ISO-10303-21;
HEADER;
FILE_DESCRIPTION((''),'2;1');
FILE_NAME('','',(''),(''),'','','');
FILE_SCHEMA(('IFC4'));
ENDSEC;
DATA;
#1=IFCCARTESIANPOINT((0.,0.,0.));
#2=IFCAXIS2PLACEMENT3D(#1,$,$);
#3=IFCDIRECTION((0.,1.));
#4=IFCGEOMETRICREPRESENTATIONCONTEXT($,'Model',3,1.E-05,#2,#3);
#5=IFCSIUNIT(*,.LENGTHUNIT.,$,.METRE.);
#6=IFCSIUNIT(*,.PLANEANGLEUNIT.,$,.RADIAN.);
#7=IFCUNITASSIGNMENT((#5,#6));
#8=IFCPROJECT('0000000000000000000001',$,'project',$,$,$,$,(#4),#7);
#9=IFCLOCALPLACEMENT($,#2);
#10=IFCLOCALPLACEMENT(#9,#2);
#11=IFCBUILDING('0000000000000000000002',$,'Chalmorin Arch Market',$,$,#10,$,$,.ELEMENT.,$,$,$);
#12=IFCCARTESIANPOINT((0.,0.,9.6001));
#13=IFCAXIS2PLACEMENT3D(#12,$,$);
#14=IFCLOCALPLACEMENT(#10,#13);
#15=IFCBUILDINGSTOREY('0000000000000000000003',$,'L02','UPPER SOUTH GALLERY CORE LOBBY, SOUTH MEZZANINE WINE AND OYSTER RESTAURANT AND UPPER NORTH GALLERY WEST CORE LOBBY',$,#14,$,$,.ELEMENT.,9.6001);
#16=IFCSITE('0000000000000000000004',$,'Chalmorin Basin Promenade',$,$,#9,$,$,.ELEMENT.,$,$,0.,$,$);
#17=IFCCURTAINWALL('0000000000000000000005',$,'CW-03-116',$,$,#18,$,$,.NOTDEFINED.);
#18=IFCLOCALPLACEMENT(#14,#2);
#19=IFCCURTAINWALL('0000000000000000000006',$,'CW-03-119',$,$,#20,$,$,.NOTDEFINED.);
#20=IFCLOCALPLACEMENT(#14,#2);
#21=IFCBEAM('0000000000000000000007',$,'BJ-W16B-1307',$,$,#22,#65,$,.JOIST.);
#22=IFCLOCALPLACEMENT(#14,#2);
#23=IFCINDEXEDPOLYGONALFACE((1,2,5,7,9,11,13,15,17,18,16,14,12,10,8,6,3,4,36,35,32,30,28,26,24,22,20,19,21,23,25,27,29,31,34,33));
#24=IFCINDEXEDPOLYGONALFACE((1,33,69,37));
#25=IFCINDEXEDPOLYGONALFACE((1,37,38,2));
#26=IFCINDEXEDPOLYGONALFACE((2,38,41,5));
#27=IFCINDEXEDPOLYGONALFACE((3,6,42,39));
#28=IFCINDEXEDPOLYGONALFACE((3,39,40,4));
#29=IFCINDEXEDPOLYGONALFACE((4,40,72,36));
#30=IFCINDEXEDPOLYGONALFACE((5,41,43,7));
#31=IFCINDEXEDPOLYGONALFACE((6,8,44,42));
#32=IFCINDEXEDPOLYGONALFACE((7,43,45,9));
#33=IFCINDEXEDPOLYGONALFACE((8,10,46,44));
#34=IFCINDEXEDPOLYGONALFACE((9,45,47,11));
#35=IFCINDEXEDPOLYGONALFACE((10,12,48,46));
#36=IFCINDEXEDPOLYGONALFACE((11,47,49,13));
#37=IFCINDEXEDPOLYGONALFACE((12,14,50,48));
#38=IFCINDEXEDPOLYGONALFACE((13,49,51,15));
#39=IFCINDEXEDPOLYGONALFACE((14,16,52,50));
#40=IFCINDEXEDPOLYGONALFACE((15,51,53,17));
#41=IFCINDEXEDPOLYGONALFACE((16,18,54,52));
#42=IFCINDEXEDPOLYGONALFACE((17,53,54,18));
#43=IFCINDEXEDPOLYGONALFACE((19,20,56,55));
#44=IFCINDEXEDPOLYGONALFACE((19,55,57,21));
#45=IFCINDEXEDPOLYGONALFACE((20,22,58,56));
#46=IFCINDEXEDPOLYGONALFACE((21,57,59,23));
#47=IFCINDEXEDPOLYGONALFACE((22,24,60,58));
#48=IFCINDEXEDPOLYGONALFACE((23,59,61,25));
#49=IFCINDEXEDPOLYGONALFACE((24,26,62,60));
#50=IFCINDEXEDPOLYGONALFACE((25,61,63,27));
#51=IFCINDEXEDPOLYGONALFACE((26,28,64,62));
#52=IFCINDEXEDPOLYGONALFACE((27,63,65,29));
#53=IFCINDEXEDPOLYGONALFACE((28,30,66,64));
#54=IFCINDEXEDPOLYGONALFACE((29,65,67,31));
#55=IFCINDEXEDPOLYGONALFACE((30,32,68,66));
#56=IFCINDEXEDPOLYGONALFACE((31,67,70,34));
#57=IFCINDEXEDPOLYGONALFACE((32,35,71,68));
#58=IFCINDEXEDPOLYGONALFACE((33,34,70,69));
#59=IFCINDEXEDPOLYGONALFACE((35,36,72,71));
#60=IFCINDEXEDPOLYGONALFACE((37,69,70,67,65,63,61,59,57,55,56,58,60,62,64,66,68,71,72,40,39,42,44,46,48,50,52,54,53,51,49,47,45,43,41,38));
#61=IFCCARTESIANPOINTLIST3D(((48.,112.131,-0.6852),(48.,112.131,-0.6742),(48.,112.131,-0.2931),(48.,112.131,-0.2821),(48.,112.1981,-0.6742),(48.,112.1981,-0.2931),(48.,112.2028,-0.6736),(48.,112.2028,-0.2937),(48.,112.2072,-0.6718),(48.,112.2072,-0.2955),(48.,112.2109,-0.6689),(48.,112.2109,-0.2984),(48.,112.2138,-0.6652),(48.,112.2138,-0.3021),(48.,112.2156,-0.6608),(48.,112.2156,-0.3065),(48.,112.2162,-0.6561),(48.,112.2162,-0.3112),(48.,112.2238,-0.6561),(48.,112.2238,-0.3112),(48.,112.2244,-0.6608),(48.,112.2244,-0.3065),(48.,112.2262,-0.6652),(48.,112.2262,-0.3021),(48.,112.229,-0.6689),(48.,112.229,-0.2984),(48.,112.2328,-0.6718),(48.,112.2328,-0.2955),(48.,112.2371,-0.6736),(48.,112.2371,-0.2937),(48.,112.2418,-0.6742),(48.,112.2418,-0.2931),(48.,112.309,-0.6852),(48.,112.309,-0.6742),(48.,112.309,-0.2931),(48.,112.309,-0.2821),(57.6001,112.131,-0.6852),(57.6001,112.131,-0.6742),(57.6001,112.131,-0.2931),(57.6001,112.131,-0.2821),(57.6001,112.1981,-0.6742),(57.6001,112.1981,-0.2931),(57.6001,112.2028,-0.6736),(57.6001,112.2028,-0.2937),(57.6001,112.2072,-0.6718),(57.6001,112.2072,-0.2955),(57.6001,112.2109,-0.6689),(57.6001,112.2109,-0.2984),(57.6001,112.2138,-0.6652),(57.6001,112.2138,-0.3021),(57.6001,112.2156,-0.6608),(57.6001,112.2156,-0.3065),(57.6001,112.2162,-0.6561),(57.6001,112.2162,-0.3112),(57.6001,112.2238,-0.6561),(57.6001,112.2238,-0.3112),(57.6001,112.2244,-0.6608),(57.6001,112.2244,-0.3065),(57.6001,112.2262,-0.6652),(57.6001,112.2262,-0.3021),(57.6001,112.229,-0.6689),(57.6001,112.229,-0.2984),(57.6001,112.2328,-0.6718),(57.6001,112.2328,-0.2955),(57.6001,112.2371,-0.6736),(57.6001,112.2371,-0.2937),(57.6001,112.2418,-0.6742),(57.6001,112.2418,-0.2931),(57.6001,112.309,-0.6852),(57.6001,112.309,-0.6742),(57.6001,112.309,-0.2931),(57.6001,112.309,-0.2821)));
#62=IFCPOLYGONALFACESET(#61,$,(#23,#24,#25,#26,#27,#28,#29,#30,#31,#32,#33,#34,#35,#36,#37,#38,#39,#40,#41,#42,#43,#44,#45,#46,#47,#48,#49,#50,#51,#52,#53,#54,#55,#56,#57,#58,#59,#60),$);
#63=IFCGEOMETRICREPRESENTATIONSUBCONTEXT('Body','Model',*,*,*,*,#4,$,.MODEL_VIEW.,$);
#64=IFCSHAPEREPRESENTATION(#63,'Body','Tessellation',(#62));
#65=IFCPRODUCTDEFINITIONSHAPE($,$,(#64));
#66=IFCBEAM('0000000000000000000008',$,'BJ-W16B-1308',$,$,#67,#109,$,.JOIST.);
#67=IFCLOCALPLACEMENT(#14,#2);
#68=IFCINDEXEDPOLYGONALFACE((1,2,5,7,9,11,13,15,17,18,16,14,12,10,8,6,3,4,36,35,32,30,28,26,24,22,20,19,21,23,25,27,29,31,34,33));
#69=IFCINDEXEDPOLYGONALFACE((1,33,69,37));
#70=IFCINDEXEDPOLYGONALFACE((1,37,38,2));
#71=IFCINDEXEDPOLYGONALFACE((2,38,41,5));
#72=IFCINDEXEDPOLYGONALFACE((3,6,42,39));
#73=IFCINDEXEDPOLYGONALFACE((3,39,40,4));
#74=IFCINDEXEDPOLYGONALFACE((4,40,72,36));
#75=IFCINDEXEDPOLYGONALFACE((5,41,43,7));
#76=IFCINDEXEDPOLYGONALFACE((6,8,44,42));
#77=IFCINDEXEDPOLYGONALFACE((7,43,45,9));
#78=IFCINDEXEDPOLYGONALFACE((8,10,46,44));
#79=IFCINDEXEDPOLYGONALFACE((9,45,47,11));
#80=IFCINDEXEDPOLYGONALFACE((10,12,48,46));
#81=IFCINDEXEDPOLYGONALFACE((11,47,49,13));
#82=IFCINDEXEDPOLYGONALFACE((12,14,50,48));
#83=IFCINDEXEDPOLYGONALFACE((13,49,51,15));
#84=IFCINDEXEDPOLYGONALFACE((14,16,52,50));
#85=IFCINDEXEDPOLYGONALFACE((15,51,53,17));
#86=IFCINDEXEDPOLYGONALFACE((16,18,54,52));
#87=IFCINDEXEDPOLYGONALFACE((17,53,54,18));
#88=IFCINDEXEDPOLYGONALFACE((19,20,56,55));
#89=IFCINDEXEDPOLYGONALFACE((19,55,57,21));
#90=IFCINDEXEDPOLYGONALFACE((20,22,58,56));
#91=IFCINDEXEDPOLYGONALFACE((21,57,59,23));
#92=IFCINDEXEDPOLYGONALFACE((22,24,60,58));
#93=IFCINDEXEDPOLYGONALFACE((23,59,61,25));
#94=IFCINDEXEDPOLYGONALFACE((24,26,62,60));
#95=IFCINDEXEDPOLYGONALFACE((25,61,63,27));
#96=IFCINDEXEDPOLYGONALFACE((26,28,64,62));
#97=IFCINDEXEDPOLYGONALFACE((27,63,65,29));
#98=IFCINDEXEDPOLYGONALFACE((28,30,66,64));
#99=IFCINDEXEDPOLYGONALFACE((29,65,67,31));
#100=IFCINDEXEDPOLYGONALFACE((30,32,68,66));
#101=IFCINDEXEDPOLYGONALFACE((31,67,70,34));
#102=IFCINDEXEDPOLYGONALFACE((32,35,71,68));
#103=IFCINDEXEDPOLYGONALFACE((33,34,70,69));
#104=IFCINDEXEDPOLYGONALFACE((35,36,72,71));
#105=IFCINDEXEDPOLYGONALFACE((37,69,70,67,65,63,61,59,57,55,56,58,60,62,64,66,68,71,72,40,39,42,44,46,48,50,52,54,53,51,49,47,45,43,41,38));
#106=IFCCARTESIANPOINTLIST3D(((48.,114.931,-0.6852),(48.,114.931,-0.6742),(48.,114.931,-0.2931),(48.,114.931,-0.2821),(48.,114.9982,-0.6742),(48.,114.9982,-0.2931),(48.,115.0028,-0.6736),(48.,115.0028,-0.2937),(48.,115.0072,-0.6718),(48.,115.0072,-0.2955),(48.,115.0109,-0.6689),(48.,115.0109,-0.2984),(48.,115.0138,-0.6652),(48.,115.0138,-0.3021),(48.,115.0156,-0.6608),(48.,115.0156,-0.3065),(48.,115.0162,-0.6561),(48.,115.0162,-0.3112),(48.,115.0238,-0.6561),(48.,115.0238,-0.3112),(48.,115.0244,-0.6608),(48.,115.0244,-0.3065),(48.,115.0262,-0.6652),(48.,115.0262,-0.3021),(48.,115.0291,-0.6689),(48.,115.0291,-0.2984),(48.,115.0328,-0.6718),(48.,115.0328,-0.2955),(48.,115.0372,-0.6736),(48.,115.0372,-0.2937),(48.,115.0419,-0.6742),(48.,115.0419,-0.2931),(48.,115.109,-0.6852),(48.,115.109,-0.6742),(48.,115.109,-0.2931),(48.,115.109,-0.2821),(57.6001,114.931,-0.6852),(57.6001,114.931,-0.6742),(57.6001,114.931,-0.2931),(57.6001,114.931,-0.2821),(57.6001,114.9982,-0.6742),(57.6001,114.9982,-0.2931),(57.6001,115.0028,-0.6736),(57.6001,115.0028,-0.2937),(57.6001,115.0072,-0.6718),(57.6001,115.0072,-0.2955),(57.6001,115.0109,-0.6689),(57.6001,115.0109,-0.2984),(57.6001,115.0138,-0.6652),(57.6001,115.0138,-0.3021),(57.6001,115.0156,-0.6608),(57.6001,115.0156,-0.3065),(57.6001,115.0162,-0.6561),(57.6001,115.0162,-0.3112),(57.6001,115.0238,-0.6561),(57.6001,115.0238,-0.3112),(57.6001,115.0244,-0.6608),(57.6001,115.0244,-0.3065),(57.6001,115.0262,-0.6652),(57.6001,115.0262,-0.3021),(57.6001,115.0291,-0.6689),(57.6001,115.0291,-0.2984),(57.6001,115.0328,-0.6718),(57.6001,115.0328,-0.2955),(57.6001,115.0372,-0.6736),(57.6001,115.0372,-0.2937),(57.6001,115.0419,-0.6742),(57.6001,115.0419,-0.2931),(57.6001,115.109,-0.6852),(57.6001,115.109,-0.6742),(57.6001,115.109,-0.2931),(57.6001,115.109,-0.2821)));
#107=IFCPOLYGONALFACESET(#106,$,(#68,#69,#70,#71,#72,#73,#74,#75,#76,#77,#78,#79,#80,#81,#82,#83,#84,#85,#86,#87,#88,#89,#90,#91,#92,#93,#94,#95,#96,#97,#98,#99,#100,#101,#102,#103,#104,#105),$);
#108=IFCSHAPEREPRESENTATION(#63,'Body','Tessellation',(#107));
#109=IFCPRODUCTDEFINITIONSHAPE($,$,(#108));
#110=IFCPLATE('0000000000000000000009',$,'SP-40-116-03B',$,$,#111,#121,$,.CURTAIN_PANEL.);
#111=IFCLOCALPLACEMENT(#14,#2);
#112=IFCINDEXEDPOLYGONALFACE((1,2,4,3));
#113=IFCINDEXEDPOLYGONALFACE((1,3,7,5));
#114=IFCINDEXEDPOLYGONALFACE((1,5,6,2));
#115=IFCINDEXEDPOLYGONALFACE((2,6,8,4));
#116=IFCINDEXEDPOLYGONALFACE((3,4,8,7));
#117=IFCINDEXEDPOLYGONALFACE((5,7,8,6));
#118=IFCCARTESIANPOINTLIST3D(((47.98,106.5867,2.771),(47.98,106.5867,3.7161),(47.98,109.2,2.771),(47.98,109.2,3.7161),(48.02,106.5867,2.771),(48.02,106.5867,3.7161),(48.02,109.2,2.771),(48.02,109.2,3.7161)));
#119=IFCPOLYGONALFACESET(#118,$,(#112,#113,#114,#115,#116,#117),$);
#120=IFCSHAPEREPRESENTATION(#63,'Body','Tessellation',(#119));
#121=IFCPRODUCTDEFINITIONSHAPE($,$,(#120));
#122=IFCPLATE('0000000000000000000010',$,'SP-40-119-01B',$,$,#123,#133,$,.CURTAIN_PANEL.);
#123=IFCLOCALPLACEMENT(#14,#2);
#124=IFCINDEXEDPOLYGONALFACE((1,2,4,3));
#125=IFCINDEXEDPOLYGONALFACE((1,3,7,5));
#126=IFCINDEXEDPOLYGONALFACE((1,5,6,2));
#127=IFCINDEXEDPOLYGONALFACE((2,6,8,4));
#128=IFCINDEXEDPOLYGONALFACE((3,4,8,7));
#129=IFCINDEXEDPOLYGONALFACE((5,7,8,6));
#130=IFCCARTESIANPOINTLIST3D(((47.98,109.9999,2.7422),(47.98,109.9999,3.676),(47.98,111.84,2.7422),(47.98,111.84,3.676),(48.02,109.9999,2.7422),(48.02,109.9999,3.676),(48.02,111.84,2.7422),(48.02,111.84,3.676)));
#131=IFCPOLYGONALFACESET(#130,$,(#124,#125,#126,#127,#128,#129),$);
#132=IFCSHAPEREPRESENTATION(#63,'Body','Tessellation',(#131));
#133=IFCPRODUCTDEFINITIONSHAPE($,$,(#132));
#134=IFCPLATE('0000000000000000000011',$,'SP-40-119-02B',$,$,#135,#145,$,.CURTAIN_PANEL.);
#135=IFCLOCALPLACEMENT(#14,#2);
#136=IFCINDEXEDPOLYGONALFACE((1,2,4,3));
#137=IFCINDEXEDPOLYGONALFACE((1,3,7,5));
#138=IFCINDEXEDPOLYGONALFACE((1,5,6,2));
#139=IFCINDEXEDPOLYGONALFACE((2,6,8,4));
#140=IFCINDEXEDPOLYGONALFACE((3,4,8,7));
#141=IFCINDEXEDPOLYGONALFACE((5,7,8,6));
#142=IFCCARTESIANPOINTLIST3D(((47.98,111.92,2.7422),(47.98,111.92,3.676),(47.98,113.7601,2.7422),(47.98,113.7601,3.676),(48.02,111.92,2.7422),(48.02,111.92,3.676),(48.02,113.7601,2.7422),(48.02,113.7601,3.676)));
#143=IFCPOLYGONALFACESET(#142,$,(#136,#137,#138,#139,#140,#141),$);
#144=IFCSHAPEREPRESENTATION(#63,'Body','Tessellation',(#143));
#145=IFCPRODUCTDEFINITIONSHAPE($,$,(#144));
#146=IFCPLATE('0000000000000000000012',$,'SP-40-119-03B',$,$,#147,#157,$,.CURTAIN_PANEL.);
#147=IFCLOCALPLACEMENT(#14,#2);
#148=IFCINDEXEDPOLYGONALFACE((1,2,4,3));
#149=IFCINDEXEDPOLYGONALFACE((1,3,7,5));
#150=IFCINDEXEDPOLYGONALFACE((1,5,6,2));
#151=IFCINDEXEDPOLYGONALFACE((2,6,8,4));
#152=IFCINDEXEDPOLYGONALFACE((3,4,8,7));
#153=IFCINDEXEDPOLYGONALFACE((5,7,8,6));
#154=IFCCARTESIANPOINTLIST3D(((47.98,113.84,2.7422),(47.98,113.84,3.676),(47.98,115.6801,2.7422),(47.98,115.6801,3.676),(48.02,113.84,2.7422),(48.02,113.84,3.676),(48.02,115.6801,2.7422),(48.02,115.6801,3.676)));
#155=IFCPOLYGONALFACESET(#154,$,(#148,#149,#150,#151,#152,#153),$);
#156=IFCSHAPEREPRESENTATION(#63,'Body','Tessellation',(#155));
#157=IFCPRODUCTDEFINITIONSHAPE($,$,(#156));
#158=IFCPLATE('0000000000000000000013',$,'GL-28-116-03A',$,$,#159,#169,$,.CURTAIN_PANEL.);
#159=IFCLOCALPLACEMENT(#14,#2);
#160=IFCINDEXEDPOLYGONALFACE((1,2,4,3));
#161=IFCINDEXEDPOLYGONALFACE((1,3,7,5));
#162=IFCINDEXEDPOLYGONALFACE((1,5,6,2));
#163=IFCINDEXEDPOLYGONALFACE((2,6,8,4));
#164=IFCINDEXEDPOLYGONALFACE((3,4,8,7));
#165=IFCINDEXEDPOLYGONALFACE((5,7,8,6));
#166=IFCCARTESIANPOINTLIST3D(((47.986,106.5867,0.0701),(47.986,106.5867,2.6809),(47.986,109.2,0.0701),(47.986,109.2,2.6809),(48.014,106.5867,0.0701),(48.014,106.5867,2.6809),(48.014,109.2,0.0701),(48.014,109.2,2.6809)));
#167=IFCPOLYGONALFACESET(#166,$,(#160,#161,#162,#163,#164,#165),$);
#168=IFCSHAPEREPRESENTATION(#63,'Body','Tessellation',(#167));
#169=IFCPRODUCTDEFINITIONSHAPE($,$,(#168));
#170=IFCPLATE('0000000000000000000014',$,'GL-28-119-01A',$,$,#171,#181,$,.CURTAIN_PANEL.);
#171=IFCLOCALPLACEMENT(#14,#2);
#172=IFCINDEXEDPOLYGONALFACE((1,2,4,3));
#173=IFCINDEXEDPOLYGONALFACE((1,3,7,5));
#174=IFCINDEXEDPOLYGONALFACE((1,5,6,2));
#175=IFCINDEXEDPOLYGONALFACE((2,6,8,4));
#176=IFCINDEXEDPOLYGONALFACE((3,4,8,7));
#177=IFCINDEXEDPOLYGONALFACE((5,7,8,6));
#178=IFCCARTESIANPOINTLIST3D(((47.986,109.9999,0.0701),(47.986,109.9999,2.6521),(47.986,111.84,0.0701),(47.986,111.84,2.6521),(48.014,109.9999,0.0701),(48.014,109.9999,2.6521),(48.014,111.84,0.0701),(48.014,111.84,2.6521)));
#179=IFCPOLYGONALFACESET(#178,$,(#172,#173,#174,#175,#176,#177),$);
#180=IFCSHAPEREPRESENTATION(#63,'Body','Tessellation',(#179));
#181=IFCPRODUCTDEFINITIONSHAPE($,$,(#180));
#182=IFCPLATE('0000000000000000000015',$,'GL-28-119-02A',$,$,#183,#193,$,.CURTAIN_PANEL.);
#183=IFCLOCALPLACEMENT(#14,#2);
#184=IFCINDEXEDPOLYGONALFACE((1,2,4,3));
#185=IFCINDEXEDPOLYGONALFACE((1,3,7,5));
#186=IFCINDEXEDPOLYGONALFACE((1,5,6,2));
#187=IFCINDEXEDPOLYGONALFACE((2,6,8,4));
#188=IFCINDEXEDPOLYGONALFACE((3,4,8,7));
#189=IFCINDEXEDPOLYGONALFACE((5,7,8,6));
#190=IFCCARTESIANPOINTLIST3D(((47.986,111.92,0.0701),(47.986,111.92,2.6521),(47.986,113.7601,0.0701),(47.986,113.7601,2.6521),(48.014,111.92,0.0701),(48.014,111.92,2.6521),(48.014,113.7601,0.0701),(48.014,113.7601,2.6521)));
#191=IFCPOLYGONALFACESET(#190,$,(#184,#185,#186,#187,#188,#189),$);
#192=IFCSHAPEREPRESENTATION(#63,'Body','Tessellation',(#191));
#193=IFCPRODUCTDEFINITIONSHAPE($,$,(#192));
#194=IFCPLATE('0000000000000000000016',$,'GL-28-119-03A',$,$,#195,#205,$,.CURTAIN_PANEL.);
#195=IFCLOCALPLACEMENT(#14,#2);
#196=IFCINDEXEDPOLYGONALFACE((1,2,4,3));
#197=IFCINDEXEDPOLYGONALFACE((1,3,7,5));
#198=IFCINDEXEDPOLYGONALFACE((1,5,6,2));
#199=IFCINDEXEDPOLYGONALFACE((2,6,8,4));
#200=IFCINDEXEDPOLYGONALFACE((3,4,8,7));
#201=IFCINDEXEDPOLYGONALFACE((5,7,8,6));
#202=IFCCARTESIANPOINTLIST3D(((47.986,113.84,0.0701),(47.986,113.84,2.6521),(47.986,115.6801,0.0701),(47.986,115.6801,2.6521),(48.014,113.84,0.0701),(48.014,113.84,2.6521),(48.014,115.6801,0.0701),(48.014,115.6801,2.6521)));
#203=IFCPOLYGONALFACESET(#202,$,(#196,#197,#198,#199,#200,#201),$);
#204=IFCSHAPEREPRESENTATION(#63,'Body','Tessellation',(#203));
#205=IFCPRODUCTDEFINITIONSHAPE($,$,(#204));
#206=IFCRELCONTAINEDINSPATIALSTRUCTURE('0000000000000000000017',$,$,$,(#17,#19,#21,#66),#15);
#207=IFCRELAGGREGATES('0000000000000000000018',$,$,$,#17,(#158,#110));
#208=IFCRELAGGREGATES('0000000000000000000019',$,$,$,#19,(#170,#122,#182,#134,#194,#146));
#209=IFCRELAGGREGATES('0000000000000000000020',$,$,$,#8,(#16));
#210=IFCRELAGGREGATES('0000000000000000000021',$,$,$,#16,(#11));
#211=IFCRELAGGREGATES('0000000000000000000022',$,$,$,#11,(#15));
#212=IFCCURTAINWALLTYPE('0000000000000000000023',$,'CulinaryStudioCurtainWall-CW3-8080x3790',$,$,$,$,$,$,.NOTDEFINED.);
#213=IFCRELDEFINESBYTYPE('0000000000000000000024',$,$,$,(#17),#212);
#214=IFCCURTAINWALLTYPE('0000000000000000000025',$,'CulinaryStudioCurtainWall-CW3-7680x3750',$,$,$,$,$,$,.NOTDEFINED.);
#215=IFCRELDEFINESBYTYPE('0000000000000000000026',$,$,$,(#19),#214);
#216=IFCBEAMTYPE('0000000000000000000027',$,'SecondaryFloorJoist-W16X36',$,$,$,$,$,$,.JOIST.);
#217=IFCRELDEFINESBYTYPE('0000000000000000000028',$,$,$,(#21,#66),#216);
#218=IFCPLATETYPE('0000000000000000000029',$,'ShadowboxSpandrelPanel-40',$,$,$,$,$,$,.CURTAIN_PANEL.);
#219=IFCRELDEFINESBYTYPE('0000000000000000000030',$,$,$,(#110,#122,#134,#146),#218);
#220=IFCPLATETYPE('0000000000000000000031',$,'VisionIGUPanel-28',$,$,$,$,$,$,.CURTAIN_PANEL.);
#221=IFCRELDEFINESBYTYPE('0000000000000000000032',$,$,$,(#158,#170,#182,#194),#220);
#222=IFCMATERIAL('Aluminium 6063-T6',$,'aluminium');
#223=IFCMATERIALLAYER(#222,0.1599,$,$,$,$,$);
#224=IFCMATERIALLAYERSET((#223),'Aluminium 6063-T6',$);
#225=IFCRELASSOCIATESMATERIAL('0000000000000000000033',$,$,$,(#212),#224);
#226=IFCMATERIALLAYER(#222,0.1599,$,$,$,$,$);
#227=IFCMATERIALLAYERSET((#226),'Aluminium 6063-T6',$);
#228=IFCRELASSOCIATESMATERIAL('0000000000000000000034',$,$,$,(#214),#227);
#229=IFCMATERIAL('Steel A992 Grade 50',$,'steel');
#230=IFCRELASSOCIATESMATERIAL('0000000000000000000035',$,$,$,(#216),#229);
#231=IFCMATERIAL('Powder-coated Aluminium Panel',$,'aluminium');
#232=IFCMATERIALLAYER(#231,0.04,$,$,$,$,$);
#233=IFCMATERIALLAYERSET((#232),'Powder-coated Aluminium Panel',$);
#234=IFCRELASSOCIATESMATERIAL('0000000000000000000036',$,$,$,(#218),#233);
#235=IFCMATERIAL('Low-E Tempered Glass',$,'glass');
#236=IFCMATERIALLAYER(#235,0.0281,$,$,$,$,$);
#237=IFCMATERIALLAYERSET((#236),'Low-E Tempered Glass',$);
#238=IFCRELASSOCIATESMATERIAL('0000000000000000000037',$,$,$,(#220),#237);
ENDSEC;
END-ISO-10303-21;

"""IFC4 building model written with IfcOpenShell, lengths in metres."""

from ifc_helpers import new_model, si_unit, direction, frame, origin, origin_2d, place, context, subcontext, project, spatial, rectangle, i_section, extrude, material, layer, layer_set, material_profile, profile_set, type_object, element, aggregate, save


model = new_model("IFC4")

# Units and contexts
model_context = context("Model", 3, precision=1e-05, world=origin(), true_north=direction((0.0, 1.0)))
body_context = subcontext(model_context, "Body", "Model", "MODEL_VIEW")
ifc_project = project(units=[si_unit("LENGTHUNIT", "METRE"), si_unit("PLANEANGLEUNIT", "RADIAN")], contexts=[model_context])

# Site, building, storey
site_placement = place(None, origin())
site = spatial("IfcSite", under=ifc_project, at=site_placement, Name="Chalmorin Basin Promenade", CompositionType="ELEMENT", RefElevation=0.0)
building_placement = place(site_placement, origin())
building = spatial("IfcBuilding", under=site, at=building_placement, Name="Chalmorin Arch Market", CompositionType="ELEMENT")
storey_placement = place(building_placement, frame((0.0, 0.0, 9.6001)))
storey = spatial("IfcBuildingStorey", under=building, at=storey_placement, Name="L02", Description="UPPER SOUTH GALLERY CORE LOBBY, SOUTH MEZZANINE WINE AND OYSTER RESTAURANT AND UPPER NORTH GALLERY WEST CORE LOBBY", CompositionType="ELEMENT", Elevation=9.6001)

# Curtain walls
ifc_material_1 = material(Name="Aluminium 6063-T6", Category="aluminium")
ifc_layer_1 = layer(ifc_material_1, 0.1599)
ifc_layer_set_1 = layer_set([ifc_layer_1], Name="Aluminium 6063-T6")
curtain_wall_type_1 = type_object("IfcCurtainWallType", Name="CulinaryStudioCurtainWall-CW3-8080x3790", PredefinedType="NOTDEFINED", material=ifc_layer_set_1)
curtain_wall_1_placement = place(storey_placement, origin())
curtain_wall_1 = element("IfcCurtainWall", 1, at=curtain_wall_1_placement, inside=storey, type_object=curtain_wall_type_1, Name="CW-03-116", PredefinedType="NOTDEFINED")
ifc_layer_2 = layer(ifc_material_1, 0.1599)
ifc_layer_set_2 = layer_set([ifc_layer_2], Name="Aluminium 6063-T6")
curtain_wall_type_2 = type_object("IfcCurtainWallType", Name="CulinaryStudioCurtainWall-CW3-7680x3750", PredefinedType="NOTDEFINED", material=ifc_layer_set_2)
curtain_wall_2_placement = place(storey_placement, origin())
curtain_wall_2 = element("IfcCurtainWall", 2, at=curtain_wall_2_placement, inside=storey, type_object=curtain_wall_type_2, Name="CW-03-119", PredefinedType="NOTDEFINED")

# Beams
ifc_material_2 = material(Name="Steel A992 Grade 50", Category="steel")
ifc_material_profile_1 = material_profile(ifc_material_2, i_section(OverallWidth=0.178, OverallDepth=0.4031, WebThickness=0.0076, FlangeThickness=0.011, FilletRadius=0.0181, at=origin_2d()), Name="W16X36")
ifc_profile_set_1 = profile_set([ifc_material_profile_1], Name="Steel A992 Grade 50")
beam_type_1 = type_object("IfcBeamType", Name="SecondaryFloorJoist-W16X36", PredefinedType="JOIST", material=ifc_profile_set_1)
for number, where, z_axis, x_axis, name in (
    (3, (48.0, 112.22, -0.4836), (1.0, 0.0, 0.0), (0.0, 1.0, 0.0), "BJ-W16B-1307"),
    (4, (48.0, 115.02, -0.4836), (1.0, 0.0, 0.0), (0.0, 1.0, 0.0), "BJ-W16B-1308"),
):
    element("IfcBeam", number, at=place(storey_placement, frame(where, z_axis=z_axis, x_axis=x_axis)), inside=storey, type_object=beam_type_1, Name=name, PredefinedType="JOIST", context=body_context, shape_type="SweptSolid", body=[
        extrude(i_section(OverallWidth=0.178, OverallDepth=0.4031, WebThickness=0.0076, FlangeThickness=0.011, FilletRadius=0.0181, at=origin_2d()), origin(), (0.0, 0.0, 1.0), 9.6001),
    ])

# Plates
ifc_material_3 = material(Name="Powder-coated Aluminium Panel", Category="aluminium")
ifc_layer_3 = layer(ifc_material_3, 0.04)
ifc_layer_set_3 = layer_set([ifc_layer_3], Name="Powder-coated Aluminium Panel")
plate_type_1 = type_object("IfcPlateType", Name="ShadowboxSpandrelPanel-40", PredefinedType="CURTAIN_PANEL", material=ifc_layer_set_3)
plate_1_placement = place(storey_placement, frame((48.0, 107.8933, 2.771), z_axis=(0.0, 0.0, 1.0), x_axis=(0.0, 1.0, 0.0)))
plate_1 = element("IfcPlate", 5, at=plate_1_placement, type_object=plate_type_1, Name="SP-40-116-03B", PredefinedType="CURTAIN_PANEL", context=body_context, shape_type="SweptSolid", body=[
    extrude(rectangle(XDim=2.6133, YDim=0.04, at=origin_2d()), origin(), (0.0, 0.0, 1.0), 0.9451),
])
plate_2_placement = place(storey_placement, frame((48.0, 110.9199, 2.7422), z_axis=(0.0, 0.0, 1.0), x_axis=(0.0, 1.0, 0.0)))
plate_2 = element("IfcPlate", 6, at=plate_2_placement, type_object=plate_type_1, Name="SP-40-119-01B", PredefinedType="CURTAIN_PANEL", context=body_context, shape_type="SweptSolid", body=[
    extrude(rectangle(XDim=1.8401, YDim=0.04, at=origin_2d()), origin(), (0.0, 0.0, 1.0), 0.9338),
])
plate_3_placement = place(storey_placement, frame((48.0, 112.8401, 2.7422), z_axis=(0.0, 0.0, 1.0), x_axis=(0.0, 1.0, 0.0)))
plate_3 = element("IfcPlate", 7, at=plate_3_placement, type_object=plate_type_1, Name="SP-40-119-02B", PredefinedType="CURTAIN_PANEL", context=body_context, shape_type="SweptSolid", body=[
    extrude(rectangle(XDim=1.8401, YDim=0.04, at=origin_2d()), origin(), (0.0, 0.0, 1.0), 0.9338),
])
plate_4_placement = place(storey_placement, frame((48.0, 114.76, 2.7422), z_axis=(0.0, 0.0, 1.0), x_axis=(0.0, 1.0, 0.0)))
plate_4 = element("IfcPlate", 8, at=plate_4_placement, type_object=plate_type_1, Name="SP-40-119-03B", PredefinedType="CURTAIN_PANEL", context=body_context, shape_type="SweptSolid", body=[
    extrude(rectangle(XDim=1.8401, YDim=0.04, at=origin_2d()), origin(), (0.0, 0.0, 1.0), 0.9338),
])
ifc_material_4 = material(Name="Low-E Tempered Glass", Category="glass")
ifc_layer_4 = layer(ifc_material_4, 0.0281)
ifc_layer_set_4 = layer_set([ifc_layer_4], Name="Low-E Tempered Glass")
plate_type_2 = type_object("IfcPlateType", Name="VisionIGUPanel-28", PredefinedType="CURTAIN_PANEL", material=ifc_layer_set_4)
plate_5_placement = place(storey_placement, frame((48.0, 107.8933, 0.0701), z_axis=(0.0, 0.0, 1.0), x_axis=(0.0, 1.0, 0.0)))
plate_5 = element("IfcPlate", 9, at=plate_5_placement, type_object=plate_type_2, Name="GL-28-116-03A", PredefinedType="CURTAIN_PANEL", context=body_context, shape_type="SweptSolid", body=[
    extrude(rectangle(XDim=2.6133, YDim=0.0281, at=origin_2d()), origin(), (0.0, 0.0, 1.0), 2.6108),
])
aggregate(curtain_wall_1, [plate_5, plate_1])
plate_6_placement = place(storey_placement, frame((48.0, 110.9199, 0.0701), z_axis=(0.0, 0.0, 1.0), x_axis=(0.0, 1.0, 0.0)))
plate_6 = element("IfcPlate", 10, at=plate_6_placement, type_object=plate_type_2, Name="GL-28-119-01A", PredefinedType="CURTAIN_PANEL", context=body_context, shape_type="SweptSolid", body=[
    extrude(rectangle(XDim=1.8401, YDim=0.0281, at=origin_2d()), origin(), (0.0, 0.0, 1.0), 2.582),
])
plate_7_placement = place(storey_placement, frame((48.0, 112.8401, 0.0701), z_axis=(0.0, 0.0, 1.0), x_axis=(0.0, 1.0, 0.0)))
plate_7 = element("IfcPlate", 11, at=plate_7_placement, type_object=plate_type_2, Name="GL-28-119-02A", PredefinedType="CURTAIN_PANEL", context=body_context, shape_type="SweptSolid", body=[
    extrude(rectangle(XDim=1.8401, YDim=0.0281, at=origin_2d()), origin(), (0.0, 0.0, 1.0), 2.582),
])
plate_8_placement = place(storey_placement, frame((48.0, 114.76, 0.0701), z_axis=(0.0, 0.0, 1.0), x_axis=(0.0, 1.0, 0.0)))
plate_8 = element("IfcPlate", 12, at=plate_8_placement, type_object=plate_type_2, Name="GL-28-119-03A", PredefinedType="CURTAIN_PANEL", context=body_context, shape_type="SweptSolid", body=[
    extrude(rectangle(XDim=1.8401, YDim=0.0281, at=origin_2d()), origin(), (0.0, 0.0, 1.0), 2.582),
])
aggregate(curtain_wall_2, [plate_6, plate_2, plate_7, plate_3, plate_8, plate_4])

save(model, "model.ifc")
